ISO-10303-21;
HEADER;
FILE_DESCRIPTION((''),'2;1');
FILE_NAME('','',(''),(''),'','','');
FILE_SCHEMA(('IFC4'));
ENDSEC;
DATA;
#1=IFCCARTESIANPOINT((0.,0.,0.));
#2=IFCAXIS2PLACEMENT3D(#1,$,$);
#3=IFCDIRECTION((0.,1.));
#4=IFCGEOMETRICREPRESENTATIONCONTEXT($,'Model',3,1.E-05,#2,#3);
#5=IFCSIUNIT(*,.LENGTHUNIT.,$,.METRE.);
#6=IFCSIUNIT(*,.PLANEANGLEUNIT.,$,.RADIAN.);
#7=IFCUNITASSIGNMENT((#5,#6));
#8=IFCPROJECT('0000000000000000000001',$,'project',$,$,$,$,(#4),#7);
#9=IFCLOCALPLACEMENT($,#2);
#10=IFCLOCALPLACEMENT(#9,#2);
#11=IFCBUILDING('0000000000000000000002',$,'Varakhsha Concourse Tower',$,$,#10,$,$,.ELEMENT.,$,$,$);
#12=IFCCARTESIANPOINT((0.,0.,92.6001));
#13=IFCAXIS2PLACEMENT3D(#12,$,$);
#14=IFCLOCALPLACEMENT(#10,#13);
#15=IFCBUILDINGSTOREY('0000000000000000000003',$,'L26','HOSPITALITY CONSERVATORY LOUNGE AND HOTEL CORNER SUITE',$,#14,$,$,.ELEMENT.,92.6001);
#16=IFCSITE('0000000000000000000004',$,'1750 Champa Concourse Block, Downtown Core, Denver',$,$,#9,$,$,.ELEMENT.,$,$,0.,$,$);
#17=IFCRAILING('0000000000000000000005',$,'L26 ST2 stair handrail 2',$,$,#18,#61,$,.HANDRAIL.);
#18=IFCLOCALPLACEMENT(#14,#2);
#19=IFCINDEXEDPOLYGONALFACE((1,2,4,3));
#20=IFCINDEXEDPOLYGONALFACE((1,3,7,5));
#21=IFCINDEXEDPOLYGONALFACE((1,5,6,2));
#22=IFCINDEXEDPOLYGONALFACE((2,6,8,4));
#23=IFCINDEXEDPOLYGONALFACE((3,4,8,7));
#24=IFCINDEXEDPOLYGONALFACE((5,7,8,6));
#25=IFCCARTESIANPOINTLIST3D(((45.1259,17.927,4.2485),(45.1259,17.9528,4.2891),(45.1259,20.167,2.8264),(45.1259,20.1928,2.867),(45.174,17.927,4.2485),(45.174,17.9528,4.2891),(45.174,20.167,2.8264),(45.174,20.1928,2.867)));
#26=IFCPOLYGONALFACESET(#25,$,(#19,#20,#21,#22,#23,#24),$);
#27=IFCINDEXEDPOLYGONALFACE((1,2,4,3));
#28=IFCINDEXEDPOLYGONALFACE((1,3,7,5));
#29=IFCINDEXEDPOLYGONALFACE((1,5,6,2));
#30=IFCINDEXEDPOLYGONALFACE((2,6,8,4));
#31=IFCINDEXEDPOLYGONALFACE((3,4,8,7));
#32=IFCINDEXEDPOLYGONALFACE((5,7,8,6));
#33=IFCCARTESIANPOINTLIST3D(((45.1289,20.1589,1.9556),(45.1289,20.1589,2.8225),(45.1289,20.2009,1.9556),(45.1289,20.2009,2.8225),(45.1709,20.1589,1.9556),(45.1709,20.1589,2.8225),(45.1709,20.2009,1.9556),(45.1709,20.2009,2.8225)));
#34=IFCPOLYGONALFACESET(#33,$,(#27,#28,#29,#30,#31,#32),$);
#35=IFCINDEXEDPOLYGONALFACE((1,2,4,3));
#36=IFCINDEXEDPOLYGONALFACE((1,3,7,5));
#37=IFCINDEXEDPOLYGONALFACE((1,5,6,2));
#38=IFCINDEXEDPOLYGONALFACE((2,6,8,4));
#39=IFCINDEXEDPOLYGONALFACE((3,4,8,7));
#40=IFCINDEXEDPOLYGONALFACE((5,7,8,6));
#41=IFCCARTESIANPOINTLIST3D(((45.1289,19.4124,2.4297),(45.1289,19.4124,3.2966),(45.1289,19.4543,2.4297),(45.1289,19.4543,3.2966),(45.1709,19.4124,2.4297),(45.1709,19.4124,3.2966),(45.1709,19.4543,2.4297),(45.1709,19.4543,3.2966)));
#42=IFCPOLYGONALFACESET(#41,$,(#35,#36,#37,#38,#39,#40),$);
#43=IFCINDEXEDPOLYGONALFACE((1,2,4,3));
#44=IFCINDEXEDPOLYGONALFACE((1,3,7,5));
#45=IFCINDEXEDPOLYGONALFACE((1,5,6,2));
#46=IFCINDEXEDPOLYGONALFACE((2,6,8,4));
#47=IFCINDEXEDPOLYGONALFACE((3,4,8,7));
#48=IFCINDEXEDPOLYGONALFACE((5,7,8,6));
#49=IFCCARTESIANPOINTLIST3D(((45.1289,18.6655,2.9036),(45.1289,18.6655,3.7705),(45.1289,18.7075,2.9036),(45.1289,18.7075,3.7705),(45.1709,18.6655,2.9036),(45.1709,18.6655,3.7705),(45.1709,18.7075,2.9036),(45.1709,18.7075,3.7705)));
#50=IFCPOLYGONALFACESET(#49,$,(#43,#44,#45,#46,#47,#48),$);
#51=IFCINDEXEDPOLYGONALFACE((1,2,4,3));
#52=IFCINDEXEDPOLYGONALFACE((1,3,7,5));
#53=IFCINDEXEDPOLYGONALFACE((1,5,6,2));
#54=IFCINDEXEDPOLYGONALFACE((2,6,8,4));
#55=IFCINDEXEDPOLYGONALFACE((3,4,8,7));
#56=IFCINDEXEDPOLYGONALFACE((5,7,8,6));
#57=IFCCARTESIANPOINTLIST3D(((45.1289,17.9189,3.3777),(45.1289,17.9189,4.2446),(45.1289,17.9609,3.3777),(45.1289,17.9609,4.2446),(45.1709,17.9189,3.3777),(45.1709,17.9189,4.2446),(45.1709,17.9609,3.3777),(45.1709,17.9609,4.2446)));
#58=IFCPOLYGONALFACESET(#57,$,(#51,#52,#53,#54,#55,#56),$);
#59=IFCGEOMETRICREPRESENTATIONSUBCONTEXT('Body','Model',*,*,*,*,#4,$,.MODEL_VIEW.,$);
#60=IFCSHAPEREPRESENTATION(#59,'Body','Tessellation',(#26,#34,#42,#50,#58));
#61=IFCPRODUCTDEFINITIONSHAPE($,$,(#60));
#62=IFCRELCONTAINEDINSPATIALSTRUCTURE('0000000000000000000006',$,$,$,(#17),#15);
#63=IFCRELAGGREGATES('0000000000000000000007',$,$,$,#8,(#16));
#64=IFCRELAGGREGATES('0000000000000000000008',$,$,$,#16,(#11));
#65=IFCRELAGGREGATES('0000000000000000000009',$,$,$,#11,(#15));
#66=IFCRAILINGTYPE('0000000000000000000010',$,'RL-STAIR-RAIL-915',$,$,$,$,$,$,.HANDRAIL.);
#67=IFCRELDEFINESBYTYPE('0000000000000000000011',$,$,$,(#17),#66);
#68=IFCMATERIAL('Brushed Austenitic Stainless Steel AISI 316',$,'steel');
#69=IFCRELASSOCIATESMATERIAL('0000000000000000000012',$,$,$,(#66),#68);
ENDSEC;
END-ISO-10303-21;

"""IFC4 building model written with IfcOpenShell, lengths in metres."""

from ifc_helpers import new_model, si_unit, direction, frame, origin, origin_2d, place, context, subcontext, project, spatial, rectangle, extrude, material, type_object, element, save


model = new_model("IFC4")

# Units and contexts
model_context = context("Model", 3, precision=1e-05, world=origin(), true_north=direction((0.0, 1.0)))
body_context = subcontext(model_context, "Body", "Model", "MODEL_VIEW")
ifc_project = project(units=[si_unit("LENGTHUNIT", "METRE"), si_unit("PLANEANGLEUNIT", "RADIAN")], contexts=[model_context])

# Site, building, storey
site_placement = place(None, origin())
site = spatial("IfcSite", under=ifc_project, at=site_placement, Name="1750 Champa Concourse Block, Downtown Core, Denver", CompositionType="ELEMENT", RefElevation=0.0)
building_placement = place(site_placement, origin())
building = spatial("IfcBuilding", under=site, at=building_placement, Name="Varakhsha Concourse Tower", CompositionType="ELEMENT")
storey_placement = place(building_placement, frame((0.0, 0.0, 92.6001)))
storey = spatial("IfcBuildingStorey", under=building, at=storey_placement, Name="L26", Description="HOSPITALITY CONSERVATORY LOUNGE AND HOTEL CORNER SUITE", CompositionType="ELEMENT", Elevation=92.6001)

# Railing
ifc_material_1 = material(Name="Brushed Austenitic Stainless Steel AISI 316", Category="steel")
railing_type_1 = type_object("IfcRailingType", Name="RL-STAIR-RAIL-915", PredefinedType="HANDRAIL", material=ifc_material_1)
railing_1_placement = place(storey_placement, frame((45.1499, 20.1799, 1.9556)))
element("IfcRailing", 1, at=railing_1_placement, inside=storey, type_object=railing_type_1, Name="L26 ST2 stair handrail 2", PredefinedType="HANDRAIL", context=body_context, shape_type="SweptSolid", body=[
    extrude(rectangle(XDim=0.0481, YDim=0.0481, at=origin_2d()), frame((0.0, 0.0, 0.8911), z_axis=(0.0, -0.844229, 0.535982), x_axis=(1.0, 0.0, 0.0)), (0.0, 0.0, 1.0), 2.6533),
    extrude(rectangle(XDim=0.042, YDim=0.042, at=origin_2d()), origin(), (0.0, 0.0, 1.0), 0.8669),
    extrude(rectangle(XDim=0.042, YDim=0.042, at=origin_2d()), frame((0.0, -0.7466, 0.4741)), (0.0, 0.0, 1.0), 0.8669),
    extrude(rectangle(XDim=0.042, YDim=0.042, at=origin_2d()), frame((0.0, -1.4934, 0.948)), (0.0, 0.0, 1.0), 0.8669),
    extrude(rectangle(XDim=0.042, YDim=0.042, at=origin_2d()), frame((0.0, -2.24, 1.4221)), (0.0, 0.0, 1.0), 0.8669),
])

save(model, "model.ifc")
